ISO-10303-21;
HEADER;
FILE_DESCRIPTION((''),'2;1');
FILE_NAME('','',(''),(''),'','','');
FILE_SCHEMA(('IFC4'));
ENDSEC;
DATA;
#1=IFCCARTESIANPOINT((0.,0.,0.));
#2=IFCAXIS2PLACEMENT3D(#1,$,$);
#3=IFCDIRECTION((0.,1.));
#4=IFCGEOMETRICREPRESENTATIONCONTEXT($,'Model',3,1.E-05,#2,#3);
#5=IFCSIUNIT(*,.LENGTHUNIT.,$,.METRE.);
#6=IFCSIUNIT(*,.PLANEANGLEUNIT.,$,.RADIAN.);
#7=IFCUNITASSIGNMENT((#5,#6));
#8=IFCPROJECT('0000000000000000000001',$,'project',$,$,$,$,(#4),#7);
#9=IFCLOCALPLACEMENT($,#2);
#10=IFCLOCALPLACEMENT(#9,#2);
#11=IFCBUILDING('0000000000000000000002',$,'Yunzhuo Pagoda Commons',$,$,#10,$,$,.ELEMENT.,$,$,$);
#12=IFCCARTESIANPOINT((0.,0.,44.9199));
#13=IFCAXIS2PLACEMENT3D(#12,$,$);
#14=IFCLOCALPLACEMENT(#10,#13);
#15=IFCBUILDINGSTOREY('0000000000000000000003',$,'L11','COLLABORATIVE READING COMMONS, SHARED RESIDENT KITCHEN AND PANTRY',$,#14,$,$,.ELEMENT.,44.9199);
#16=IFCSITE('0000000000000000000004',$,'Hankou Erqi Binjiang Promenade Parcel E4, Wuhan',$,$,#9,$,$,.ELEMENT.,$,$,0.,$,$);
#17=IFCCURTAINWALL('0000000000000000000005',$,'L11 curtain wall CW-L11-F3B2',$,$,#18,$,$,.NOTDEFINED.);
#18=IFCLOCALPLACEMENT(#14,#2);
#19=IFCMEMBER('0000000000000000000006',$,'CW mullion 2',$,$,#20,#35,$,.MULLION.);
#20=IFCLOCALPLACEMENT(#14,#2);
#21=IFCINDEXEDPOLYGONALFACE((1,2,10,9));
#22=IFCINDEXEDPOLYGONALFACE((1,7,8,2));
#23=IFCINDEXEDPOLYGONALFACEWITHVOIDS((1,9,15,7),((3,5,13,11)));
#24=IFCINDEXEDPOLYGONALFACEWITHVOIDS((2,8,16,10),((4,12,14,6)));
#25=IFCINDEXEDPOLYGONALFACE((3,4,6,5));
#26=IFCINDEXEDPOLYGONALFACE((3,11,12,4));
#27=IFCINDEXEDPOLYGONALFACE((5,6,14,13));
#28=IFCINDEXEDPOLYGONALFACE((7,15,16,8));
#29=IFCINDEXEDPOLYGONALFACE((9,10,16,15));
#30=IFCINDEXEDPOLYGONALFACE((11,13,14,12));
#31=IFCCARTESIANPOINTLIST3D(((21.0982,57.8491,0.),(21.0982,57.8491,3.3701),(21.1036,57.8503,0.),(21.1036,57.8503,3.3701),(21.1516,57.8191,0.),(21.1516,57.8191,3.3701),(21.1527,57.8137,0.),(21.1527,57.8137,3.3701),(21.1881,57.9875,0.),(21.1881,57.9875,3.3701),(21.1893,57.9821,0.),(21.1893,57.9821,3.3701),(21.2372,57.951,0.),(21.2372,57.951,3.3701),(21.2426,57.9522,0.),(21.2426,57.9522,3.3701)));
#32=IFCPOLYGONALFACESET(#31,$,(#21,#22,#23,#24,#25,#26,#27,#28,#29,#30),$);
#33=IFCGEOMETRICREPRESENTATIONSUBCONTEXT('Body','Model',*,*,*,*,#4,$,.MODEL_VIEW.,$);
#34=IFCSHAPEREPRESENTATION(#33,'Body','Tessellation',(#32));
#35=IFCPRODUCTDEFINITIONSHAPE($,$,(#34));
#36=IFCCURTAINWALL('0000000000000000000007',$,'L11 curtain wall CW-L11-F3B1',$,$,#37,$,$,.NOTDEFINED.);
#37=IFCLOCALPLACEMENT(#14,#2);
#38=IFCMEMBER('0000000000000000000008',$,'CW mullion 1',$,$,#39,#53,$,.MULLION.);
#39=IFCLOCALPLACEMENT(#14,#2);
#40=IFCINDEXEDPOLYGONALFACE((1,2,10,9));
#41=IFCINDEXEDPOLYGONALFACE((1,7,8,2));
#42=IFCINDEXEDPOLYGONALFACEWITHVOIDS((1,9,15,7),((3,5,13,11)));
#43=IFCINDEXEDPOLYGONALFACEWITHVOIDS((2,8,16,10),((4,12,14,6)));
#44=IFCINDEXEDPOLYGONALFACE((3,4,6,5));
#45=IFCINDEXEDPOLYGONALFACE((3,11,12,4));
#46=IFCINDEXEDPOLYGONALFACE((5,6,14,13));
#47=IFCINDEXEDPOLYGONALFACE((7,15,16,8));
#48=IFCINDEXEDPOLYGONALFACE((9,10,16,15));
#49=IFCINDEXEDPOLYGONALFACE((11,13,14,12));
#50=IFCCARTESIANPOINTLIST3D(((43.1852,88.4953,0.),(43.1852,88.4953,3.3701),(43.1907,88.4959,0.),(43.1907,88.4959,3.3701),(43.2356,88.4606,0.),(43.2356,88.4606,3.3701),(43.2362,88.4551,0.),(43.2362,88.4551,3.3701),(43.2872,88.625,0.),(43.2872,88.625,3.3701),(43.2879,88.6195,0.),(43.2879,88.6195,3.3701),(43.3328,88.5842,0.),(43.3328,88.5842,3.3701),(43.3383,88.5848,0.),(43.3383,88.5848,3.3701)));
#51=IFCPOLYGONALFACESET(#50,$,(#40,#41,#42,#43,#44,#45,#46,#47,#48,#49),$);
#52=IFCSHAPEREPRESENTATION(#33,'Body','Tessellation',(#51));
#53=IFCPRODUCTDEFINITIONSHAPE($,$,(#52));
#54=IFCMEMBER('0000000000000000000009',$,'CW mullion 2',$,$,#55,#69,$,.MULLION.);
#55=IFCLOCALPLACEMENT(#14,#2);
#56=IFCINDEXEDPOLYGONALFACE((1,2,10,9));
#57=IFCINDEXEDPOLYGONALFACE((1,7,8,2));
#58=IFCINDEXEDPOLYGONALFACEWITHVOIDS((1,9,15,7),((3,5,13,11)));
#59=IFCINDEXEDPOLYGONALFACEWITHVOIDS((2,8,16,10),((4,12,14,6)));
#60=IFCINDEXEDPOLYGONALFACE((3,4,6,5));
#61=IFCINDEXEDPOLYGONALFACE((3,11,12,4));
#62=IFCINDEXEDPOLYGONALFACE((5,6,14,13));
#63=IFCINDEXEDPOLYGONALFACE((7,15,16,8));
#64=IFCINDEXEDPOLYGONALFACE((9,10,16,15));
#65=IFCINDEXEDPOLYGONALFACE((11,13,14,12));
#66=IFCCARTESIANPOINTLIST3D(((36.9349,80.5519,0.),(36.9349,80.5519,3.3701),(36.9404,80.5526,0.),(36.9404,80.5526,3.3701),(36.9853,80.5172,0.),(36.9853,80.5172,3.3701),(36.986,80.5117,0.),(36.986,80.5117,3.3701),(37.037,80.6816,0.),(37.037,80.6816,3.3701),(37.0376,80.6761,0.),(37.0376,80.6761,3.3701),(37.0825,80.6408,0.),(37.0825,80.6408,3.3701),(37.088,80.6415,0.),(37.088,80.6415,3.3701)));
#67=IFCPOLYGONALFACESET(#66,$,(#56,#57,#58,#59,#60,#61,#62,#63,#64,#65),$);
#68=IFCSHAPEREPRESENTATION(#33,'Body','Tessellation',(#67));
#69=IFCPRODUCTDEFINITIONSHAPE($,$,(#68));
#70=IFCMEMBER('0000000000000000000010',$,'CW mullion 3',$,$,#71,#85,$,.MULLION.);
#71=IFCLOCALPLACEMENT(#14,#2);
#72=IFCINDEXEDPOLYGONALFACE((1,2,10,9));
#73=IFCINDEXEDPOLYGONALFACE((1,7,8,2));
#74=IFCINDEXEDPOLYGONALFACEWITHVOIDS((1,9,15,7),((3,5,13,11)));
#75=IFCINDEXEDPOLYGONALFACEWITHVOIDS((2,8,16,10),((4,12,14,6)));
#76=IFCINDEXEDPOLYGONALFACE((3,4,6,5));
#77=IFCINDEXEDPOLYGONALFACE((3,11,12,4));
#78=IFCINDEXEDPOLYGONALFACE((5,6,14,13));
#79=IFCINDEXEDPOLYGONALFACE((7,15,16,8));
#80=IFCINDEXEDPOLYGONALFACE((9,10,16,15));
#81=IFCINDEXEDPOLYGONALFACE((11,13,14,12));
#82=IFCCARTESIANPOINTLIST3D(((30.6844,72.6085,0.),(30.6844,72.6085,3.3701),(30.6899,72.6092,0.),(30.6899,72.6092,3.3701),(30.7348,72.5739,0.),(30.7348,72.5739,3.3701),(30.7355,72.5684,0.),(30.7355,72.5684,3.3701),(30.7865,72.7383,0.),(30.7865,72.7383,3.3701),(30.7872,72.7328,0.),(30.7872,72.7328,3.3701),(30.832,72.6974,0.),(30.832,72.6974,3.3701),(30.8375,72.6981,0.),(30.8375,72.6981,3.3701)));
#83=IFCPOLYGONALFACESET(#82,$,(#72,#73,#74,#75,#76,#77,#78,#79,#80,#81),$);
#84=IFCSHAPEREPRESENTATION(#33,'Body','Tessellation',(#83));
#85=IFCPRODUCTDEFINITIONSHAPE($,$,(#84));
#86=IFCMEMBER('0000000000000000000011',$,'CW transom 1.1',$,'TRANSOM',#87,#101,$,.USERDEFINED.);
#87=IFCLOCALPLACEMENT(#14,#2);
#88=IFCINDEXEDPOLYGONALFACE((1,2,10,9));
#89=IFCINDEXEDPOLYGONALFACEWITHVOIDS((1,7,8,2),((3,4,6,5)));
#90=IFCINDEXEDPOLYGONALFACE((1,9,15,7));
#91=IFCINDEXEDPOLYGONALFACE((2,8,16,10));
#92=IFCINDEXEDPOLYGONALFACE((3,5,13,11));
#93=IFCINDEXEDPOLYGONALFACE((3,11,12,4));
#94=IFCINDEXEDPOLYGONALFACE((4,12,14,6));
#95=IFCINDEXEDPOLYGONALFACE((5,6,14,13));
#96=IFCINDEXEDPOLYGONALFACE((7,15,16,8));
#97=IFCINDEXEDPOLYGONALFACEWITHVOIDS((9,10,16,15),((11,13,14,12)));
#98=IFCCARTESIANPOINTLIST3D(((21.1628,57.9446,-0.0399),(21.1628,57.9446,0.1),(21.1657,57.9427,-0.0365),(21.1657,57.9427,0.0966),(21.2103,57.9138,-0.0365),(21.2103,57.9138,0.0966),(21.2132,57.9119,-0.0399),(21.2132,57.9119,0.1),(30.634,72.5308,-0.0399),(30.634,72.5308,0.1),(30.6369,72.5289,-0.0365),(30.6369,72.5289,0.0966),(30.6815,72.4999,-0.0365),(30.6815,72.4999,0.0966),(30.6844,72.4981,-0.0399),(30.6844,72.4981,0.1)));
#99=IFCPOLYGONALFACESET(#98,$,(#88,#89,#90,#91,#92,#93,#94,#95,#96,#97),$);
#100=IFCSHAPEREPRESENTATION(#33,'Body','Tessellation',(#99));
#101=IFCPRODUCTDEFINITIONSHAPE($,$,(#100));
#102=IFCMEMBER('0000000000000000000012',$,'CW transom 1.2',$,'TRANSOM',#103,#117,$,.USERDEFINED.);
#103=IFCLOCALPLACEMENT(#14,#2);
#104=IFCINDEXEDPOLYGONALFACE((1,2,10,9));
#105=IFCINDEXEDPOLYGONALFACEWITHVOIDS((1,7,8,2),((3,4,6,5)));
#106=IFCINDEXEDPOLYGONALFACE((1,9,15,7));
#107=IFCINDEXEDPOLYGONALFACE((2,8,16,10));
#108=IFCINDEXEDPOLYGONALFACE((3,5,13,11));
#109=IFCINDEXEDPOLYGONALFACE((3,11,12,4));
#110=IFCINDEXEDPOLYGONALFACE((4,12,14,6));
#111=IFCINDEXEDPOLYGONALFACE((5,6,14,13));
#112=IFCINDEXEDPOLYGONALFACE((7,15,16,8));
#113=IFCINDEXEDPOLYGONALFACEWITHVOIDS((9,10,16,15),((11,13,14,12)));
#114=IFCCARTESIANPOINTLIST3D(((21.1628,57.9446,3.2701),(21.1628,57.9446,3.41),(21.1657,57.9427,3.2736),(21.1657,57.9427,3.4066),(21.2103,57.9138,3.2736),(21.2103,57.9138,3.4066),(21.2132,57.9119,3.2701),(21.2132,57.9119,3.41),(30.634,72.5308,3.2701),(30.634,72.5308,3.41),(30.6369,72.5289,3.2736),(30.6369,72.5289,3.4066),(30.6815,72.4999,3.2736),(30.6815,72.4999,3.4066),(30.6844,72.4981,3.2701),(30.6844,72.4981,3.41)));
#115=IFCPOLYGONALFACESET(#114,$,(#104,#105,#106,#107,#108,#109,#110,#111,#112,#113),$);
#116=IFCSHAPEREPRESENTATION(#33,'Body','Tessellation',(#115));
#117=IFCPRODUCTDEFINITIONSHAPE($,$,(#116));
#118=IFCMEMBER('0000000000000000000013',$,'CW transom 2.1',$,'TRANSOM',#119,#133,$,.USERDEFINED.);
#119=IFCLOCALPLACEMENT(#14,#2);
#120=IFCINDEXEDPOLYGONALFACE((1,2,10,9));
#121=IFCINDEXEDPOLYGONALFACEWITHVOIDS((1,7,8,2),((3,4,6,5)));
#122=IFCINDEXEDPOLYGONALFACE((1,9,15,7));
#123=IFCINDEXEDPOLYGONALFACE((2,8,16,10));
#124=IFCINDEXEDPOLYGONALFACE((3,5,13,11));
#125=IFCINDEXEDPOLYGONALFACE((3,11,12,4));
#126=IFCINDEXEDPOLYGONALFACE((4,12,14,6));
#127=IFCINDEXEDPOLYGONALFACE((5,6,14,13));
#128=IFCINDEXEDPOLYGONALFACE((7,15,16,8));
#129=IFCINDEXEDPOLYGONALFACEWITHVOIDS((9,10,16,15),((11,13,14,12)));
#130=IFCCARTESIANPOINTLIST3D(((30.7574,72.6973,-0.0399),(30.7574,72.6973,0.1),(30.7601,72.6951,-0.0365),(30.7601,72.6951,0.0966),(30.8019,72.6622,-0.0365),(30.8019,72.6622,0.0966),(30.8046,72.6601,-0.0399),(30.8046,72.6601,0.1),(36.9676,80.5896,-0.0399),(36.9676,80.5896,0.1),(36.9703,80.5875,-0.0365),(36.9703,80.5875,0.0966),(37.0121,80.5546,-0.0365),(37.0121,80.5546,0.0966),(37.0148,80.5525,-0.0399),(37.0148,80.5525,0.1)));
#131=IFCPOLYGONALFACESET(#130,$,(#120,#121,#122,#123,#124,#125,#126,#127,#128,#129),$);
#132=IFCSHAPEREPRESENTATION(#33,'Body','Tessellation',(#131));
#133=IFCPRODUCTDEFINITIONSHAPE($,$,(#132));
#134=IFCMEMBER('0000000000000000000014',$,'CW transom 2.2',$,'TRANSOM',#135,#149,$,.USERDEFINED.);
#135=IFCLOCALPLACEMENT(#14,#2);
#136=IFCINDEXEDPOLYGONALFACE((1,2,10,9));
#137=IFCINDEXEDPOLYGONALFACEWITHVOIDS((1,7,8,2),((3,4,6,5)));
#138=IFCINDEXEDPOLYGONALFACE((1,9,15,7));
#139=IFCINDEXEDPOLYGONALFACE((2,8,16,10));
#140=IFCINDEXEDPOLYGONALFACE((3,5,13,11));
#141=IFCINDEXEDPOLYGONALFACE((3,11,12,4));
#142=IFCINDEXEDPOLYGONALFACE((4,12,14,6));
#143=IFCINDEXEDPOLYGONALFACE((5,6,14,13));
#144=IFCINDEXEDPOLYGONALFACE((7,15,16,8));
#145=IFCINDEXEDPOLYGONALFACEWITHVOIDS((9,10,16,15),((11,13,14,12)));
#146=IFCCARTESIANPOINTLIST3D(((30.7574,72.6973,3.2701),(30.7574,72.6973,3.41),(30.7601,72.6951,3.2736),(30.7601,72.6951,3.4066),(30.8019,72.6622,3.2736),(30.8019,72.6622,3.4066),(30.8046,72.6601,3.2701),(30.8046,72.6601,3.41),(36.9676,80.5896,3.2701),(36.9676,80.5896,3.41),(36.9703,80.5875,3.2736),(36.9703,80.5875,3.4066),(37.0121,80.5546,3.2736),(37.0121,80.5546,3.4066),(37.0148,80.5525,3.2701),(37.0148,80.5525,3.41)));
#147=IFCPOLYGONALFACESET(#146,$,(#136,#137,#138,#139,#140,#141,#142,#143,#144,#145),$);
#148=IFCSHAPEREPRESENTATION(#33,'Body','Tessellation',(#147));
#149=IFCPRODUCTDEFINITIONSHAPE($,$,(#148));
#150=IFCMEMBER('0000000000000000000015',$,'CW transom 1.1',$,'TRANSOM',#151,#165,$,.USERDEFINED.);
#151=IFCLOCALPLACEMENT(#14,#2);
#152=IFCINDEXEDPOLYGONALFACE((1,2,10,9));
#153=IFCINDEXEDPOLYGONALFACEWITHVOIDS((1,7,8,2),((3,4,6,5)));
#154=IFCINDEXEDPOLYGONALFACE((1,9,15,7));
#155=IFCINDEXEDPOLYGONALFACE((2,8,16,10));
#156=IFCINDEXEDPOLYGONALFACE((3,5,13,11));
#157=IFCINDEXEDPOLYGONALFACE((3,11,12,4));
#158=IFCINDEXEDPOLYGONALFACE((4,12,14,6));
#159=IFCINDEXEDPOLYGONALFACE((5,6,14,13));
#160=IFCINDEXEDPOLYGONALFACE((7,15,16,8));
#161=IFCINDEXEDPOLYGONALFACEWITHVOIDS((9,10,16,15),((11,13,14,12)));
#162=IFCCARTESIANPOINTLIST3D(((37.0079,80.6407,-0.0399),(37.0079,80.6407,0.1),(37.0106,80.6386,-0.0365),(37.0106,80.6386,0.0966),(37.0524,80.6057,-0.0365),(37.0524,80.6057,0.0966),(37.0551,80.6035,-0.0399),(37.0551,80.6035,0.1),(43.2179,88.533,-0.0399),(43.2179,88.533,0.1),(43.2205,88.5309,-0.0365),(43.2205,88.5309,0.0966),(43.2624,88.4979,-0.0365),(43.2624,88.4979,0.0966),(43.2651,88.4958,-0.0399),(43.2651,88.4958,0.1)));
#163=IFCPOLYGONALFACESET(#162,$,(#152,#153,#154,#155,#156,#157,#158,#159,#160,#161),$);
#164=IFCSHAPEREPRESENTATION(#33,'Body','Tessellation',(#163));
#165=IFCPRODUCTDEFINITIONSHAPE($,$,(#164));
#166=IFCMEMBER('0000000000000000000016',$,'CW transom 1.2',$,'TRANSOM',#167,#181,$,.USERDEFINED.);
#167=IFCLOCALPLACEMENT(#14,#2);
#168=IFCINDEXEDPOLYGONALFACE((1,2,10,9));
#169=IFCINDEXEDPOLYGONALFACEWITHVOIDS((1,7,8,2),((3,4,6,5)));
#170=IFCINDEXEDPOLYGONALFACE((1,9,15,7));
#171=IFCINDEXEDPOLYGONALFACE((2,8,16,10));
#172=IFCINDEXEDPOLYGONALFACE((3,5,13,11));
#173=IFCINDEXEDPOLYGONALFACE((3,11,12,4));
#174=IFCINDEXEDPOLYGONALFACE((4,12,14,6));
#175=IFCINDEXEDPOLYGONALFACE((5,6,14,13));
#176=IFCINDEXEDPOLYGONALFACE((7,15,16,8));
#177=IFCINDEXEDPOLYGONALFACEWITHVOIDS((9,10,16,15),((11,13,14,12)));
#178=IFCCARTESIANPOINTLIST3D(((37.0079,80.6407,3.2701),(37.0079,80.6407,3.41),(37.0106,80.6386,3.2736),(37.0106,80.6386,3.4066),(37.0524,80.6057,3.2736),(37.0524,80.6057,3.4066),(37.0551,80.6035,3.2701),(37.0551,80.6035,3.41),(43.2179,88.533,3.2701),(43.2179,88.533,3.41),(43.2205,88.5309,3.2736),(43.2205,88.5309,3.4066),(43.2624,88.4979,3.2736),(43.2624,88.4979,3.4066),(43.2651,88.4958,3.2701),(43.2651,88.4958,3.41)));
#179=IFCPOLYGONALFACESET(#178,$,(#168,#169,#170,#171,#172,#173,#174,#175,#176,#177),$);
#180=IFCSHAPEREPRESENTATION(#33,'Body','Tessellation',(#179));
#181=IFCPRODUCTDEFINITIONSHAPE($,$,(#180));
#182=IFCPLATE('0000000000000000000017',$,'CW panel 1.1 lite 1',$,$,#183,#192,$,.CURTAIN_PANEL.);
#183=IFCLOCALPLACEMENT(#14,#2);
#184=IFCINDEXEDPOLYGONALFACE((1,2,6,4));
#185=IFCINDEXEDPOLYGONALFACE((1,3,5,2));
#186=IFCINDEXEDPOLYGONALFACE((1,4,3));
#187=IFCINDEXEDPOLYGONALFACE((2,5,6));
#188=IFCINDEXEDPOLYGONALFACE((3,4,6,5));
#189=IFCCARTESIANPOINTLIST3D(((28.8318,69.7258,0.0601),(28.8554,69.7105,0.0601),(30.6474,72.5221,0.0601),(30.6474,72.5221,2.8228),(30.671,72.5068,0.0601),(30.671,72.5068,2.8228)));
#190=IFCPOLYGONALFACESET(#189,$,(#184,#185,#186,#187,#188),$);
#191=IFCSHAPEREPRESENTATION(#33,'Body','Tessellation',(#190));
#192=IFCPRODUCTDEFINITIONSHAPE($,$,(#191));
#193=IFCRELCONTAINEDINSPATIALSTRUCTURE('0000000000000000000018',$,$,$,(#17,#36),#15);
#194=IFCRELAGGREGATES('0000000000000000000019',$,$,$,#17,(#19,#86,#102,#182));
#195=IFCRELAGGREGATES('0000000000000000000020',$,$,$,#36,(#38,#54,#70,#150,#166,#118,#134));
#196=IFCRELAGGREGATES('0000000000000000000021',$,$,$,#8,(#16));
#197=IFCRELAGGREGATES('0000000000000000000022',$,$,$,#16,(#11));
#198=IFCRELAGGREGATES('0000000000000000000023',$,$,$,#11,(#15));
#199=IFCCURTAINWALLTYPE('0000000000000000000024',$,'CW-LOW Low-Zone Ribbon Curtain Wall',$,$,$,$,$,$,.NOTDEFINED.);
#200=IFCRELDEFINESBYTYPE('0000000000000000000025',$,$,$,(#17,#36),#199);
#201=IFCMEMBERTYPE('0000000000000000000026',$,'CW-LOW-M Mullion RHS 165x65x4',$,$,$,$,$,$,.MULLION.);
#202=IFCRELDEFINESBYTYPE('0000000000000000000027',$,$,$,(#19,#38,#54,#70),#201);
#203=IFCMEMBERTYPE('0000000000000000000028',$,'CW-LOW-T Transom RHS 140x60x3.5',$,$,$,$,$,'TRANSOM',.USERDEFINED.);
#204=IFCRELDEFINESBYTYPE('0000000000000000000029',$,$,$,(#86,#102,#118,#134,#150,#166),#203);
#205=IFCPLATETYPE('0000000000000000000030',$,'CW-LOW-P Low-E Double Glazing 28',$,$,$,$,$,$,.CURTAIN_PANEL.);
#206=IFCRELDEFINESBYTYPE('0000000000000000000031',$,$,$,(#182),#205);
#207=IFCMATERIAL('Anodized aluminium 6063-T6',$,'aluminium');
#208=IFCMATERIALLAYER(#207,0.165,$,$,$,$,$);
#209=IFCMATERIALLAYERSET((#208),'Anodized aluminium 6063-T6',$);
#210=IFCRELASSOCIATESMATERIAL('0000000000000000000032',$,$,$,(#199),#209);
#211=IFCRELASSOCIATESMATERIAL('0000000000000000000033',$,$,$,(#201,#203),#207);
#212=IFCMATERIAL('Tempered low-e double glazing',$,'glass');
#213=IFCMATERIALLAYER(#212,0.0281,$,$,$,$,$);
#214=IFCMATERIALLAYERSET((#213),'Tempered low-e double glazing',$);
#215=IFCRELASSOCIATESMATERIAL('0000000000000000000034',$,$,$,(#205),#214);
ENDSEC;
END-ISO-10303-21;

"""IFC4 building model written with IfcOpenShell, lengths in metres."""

from ifc_helpers import new_model, si_unit, direction, frame, origin, origin_2d, place, context, subcontext, project, spatial, polyline, hollow_rectangle, outline, extrude, source, transform, mapped, material, layer, layer_set, material_profile, profile_set, type_object, element, aggregate, save


model = new_model("IFC4")

# Units and contexts
model_context = context("Model", 3, precision=1e-05, world=origin(), true_north=direction((0.0, 1.0)))
body_context = subcontext(model_context, "Body", "Model", "MODEL_VIEW")
ifc_project = project(units=[si_unit("LENGTHUNIT", "METRE"), si_unit("PLANEANGLEUNIT", "RADIAN")], contexts=[model_context])

# Site, building, storey
site_placement = place(None, origin())
site = spatial("IfcSite", under=ifc_project, at=site_placement, Name="Hankou Erqi Binjiang Promenade Parcel E4, Wuhan", CompositionType="ELEMENT", RefElevation=0.0)
building_placement = place(site_placement, origin())
building = spatial("IfcBuilding", under=site, at=building_placement, Name="Yunzhuo Pagoda Commons", CompositionType="ELEMENT")
storey_placement = place(building_placement, frame((0.0, 0.0, 44.9199)))
storey = spatial("IfcBuildingStorey", under=building, at=storey_placement, Name="L11", Description="COLLABORATIVE READING COMMONS, SHARED RESIDENT KITCHEN AND PANTRY", CompositionType="ELEMENT", Elevation=44.9199)

# Curtain walls, members
ifc_material_1 = material(Name="Anodized aluminium 6063-T6", Category="aluminium")
ifc_layer_1 = layer(ifc_material_1, 0.165)
ifc_layer_set_1 = layer_set([ifc_layer_1], Name="Anodized aluminium 6063-T6")
curtain_wall_type = type_object("IfcCurtainWallType", Name="CW-LOW Low-Zone Ribbon Curtain Wall", PredefinedType="NOTDEFINED", material=ifc_layer_set_1)
curtain_wall_1_placement = place(storey_placement, origin())
curtain_wall_1 = element("IfcCurtainWall", 1, at=curtain_wall_1_placement, inside=storey, type_object=curtain_wall_type, Name="L11 curtain wall CW-L11-F3B2", PredefinedType="NOTDEFINED")
ifc_material_profile_1 = material_profile(ifc_material_1, hollow_rectangle(XDim=0.0649, YDim=0.165, WallThickness=0.0039, at=origin_2d()), Name="Anodized aluminium 6063-T6")
ifc_profile_set_1 = profile_set([ifc_material_profile_1], Name="Anodized aluminium 6063-T6")
member_type_1 = type_object("IfcMemberType", Name="CW-LOW-M Mullion RHS 165x65x4", PredefinedType="MULLION", material=ifc_profile_set_1)
shared_shape_1 = source(origin(), body_context, "Body", "SweptSolid", [
    extrude(hollow_rectangle(XDim=0.0649, YDim=0.165, WallThickness=0.0039, at=origin_2d()), origin(), (0.0, 0.0, 1.0), 3.3701),
])
member_1_placement = place(storey_placement, frame((21.1704, 57.9006, 0.0), z_axis=(0.0, 0.0, 1.0), x_axis=(0.83871, -0.544579, 0.0)))
member_1 = element("IfcMember", 2, at=member_1_placement, type_object=member_type_1, Name="CW mullion 2", PredefinedType="MULLION", context=body_context, shape_type="MappedRepresentation", body=[
    mapped(shared_shape_1, transform((0.0, 0.0, 0.0), scale=1.0)),
])
curtain_wall_2_placement = place(storey_placement, origin())
curtain_wall_2 = element("IfcCurtainWall", 3, at=curtain_wall_2_placement, inside=storey, type_object=curtain_wall_type, Name="L11 curtain wall CW-L11-F3B1", PredefinedType="NOTDEFINED")
member_2_placement = place(storey_placement, frame((43.2617, 88.54, 0.0), z_axis=(0.0, 0.0, 1.0), x_axis=(0.785883, -0.618375, 0.0)))
member_2 = element("IfcMember", 4, at=member_2_placement, type_object=member_type_1, Name="CW mullion 1", PredefinedType="MULLION", context=body_context, shape_type="MappedRepresentation", body=[
    mapped(shared_shape_1, transform((0.0, 0.0, 0.0), scale=1.0)),
])
member_3_placement = place(storey_placement, frame((37.0115, 80.5967, 0.0), z_axis=(0.0, 0.0, 1.0), x_axis=(0.785883, -0.618375, 0.0)))
member_3 = element("IfcMember", 5, at=member_3_placement, type_object=member_type_1, Name="CW mullion 2", PredefinedType="MULLION", context=body_context, shape_type="MappedRepresentation", body=[
    mapped(shared_shape_1, transform((0.0, 0.0, 0.0), scale=1.0)),
])
member_4_placement = place(storey_placement, frame((30.761, 72.6533, 0.0), z_axis=(0.0, 0.0, 1.0), x_axis=(0.785883, -0.618375, 0.0)))
member_4 = element("IfcMember", 6, at=member_4_placement, type_object=member_type_1, Name="CW mullion 3", PredefinedType="MULLION", context=body_context, shape_type="MappedRepresentation", body=[
    mapped(shared_shape_1, transform((0.0, 0.0, 0.0), scale=1.0)),
])

# Members
ifc_material_profile_2 = material_profile(ifc_material_1, hollow_rectangle(XDim=0.0601, YDim=0.1399, WallThickness=0.0034, at=origin_2d()), Name="Anodized aluminium 6063-T6")
ifc_profile_set_2 = profile_set([ifc_material_profile_2], Name="Anodized aluminium 6063-T6")
member_type_2 = type_object("IfcMemberType", Name="CW-LOW-T Transom RHS 140x60x3.5", ElementType="TRANSOM", PredefinedType="USERDEFINED", material=ifc_profile_set_2)
shared_shape_2 = source(origin(), body_context, "Body", "SweptSolid", [
    extrude(hollow_rectangle(XDim=0.0601, YDim=0.1399, WallThickness=0.0034, at=origin_2d()), origin(), (0.0, 0.0, 1.0), 17.3914),
])
member_5_placement = place(storey_placement, frame((30.6592, 72.5144, 0.03), z_axis=(-0.544591, -0.838702, 0.0), x_axis=(0.838702, -0.544591, 0.0)))
member_5 = element("IfcMember", 7, at=member_5_placement, type_object=member_type_2, Name="CW transom 1.1", ObjectType="TRANSOM", PredefinedType="USERDEFINED", context=body_context, shape_type="MappedRepresentation", body=[
    mapped(shared_shape_2, transform((0.0, 0.0, 0.0), scale=1.0)),
])
member_6_placement = place(storey_placement, frame((30.6592, 72.5144, 3.3401), z_axis=(-0.544591, -0.838702, 0.0), x_axis=(0.838702, -0.544591, 0.0)))
member_6 = element("IfcMember", 8, at=member_6_placement, type_object=member_type_2, Name="CW transom 1.2", ObjectType="TRANSOM", PredefinedType="USERDEFINED", context=body_context, shape_type="MappedRepresentation", body=[
    mapped(shared_shape_2, transform((0.0, 0.0, 0.0), scale=1.0)),
])
shared_shape_3 = source(origin(), body_context, "Body", "SweptSolid", [
    extrude(hollow_rectangle(XDim=0.0601, YDim=0.1399, WallThickness=0.0034, at=origin_2d()), origin(), (0.0, 0.0, 1.0), 10.0427),
])
member_7_placement = place(storey_placement, frame((36.9912, 80.571, 0.03), z_axis=(-0.618381, -0.785879, 0.0), x_axis=(0.785879, -0.618381, 0.0)))
member_7 = element("IfcMember", 9, at=member_7_placement, type_object=member_type_2, Name="CW transom 2.1", ObjectType="TRANSOM", PredefinedType="USERDEFINED", context=body_context, shape_type="MappedRepresentation", body=[
    mapped(shared_shape_3, transform((0.0, 0.0, 0.0), scale=1.0)),
])
member_8_placement = place(storey_placement, frame((36.9912, 80.571, 3.3401), z_axis=(-0.618381, -0.785879, 0.0), x_axis=(0.785879, -0.618381, 0.0)))
member_8 = element("IfcMember", 10, at=member_8_placement, type_object=member_type_2, Name="CW transom 2.2", ObjectType="TRANSOM", PredefinedType="USERDEFINED", context=body_context, shape_type="MappedRepresentation", body=[
    mapped(shared_shape_3, transform((0.0, 0.0, 0.0), scale=1.0)),
])
shared_shape_4 = source(origin(), body_context, "Body", "SweptSolid", [
    extrude(hollow_rectangle(XDim=0.0601, YDim=0.1399, WallThickness=0.0034, at=origin_2d()), origin(), (0.0, 0.0, 1.0), 10.0425),
])
member_9_placement = place(storey_placement, frame((43.2415, 88.5144, 0.03), z_axis=(-0.618366, -0.78589, 0.0), x_axis=(0.78589, -0.618366, 0.0)))
member_9 = element("IfcMember", 11, at=member_9_placement, type_object=member_type_2, Name="CW transom 1.1", ObjectType="TRANSOM", PredefinedType="USERDEFINED", context=body_context, shape_type="MappedRepresentation", body=[
    mapped(shared_shape_4, transform((0.0, 0.0, 0.0), scale=1.0)),
])
member_10_placement = place(storey_placement, frame((43.2415, 88.5144, 3.3401), z_axis=(-0.618366, -0.78589, 0.0), x_axis=(0.78589, -0.618366, 0.0)))
member_10 = element("IfcMember", 12, at=member_10_placement, type_object=member_type_2, Name="CW transom 1.2", ObjectType="TRANSOM", PredefinedType="USERDEFINED", context=body_context, shape_type="MappedRepresentation", body=[
    mapped(shared_shape_4, transform((0.0, 0.0, 0.0), scale=1.0)),
])

# Plate
ifc_material_2 = material(Name="Tempered low-e double glazing", Category="glass")
ifc_layer_2 = layer(ifc_material_2, 0.0281)
ifc_layer_set_2 = layer_set([ifc_layer_2], Name="Tempered low-e double glazing")
plate_type_1 = type_object("IfcPlateType", Name="CW-LOW-P Low-E Double Glazing 28", PredefinedType="CURTAIN_PANEL", material=ifc_layer_set_2)
plate_1_placement = place(storey_placement, frame((29.7632, 71.1086, 1.4414), z_axis=(-0.83871, 0.544579, 0.0), x_axis=(-0.544579, -0.83871, 0.0)))
plate_1 = element("IfcPlate", 13, at=plate_1_placement, type_object=plate_type_1, Name="CW panel 1.1 lite 1", PredefinedType="CURTAIN_PANEL", context=body_context, shape_type="SweptSolid", body=[
    extrude(outline(polyline([(-1.667, -1.3813), (1.667, -1.3813), (-1.667, 1.3813), (-1.667, -1.3813)])), origin(), (0.0, 0.0, 1.0), 0.0281),
])
aggregate(curtain_wall_1, [member_1, member_5, member_6, plate_1])
aggregate(curtain_wall_2, [member_2, member_3, member_4, member_9, member_10, member_7, member_8])

save(model, "model.ifc")
